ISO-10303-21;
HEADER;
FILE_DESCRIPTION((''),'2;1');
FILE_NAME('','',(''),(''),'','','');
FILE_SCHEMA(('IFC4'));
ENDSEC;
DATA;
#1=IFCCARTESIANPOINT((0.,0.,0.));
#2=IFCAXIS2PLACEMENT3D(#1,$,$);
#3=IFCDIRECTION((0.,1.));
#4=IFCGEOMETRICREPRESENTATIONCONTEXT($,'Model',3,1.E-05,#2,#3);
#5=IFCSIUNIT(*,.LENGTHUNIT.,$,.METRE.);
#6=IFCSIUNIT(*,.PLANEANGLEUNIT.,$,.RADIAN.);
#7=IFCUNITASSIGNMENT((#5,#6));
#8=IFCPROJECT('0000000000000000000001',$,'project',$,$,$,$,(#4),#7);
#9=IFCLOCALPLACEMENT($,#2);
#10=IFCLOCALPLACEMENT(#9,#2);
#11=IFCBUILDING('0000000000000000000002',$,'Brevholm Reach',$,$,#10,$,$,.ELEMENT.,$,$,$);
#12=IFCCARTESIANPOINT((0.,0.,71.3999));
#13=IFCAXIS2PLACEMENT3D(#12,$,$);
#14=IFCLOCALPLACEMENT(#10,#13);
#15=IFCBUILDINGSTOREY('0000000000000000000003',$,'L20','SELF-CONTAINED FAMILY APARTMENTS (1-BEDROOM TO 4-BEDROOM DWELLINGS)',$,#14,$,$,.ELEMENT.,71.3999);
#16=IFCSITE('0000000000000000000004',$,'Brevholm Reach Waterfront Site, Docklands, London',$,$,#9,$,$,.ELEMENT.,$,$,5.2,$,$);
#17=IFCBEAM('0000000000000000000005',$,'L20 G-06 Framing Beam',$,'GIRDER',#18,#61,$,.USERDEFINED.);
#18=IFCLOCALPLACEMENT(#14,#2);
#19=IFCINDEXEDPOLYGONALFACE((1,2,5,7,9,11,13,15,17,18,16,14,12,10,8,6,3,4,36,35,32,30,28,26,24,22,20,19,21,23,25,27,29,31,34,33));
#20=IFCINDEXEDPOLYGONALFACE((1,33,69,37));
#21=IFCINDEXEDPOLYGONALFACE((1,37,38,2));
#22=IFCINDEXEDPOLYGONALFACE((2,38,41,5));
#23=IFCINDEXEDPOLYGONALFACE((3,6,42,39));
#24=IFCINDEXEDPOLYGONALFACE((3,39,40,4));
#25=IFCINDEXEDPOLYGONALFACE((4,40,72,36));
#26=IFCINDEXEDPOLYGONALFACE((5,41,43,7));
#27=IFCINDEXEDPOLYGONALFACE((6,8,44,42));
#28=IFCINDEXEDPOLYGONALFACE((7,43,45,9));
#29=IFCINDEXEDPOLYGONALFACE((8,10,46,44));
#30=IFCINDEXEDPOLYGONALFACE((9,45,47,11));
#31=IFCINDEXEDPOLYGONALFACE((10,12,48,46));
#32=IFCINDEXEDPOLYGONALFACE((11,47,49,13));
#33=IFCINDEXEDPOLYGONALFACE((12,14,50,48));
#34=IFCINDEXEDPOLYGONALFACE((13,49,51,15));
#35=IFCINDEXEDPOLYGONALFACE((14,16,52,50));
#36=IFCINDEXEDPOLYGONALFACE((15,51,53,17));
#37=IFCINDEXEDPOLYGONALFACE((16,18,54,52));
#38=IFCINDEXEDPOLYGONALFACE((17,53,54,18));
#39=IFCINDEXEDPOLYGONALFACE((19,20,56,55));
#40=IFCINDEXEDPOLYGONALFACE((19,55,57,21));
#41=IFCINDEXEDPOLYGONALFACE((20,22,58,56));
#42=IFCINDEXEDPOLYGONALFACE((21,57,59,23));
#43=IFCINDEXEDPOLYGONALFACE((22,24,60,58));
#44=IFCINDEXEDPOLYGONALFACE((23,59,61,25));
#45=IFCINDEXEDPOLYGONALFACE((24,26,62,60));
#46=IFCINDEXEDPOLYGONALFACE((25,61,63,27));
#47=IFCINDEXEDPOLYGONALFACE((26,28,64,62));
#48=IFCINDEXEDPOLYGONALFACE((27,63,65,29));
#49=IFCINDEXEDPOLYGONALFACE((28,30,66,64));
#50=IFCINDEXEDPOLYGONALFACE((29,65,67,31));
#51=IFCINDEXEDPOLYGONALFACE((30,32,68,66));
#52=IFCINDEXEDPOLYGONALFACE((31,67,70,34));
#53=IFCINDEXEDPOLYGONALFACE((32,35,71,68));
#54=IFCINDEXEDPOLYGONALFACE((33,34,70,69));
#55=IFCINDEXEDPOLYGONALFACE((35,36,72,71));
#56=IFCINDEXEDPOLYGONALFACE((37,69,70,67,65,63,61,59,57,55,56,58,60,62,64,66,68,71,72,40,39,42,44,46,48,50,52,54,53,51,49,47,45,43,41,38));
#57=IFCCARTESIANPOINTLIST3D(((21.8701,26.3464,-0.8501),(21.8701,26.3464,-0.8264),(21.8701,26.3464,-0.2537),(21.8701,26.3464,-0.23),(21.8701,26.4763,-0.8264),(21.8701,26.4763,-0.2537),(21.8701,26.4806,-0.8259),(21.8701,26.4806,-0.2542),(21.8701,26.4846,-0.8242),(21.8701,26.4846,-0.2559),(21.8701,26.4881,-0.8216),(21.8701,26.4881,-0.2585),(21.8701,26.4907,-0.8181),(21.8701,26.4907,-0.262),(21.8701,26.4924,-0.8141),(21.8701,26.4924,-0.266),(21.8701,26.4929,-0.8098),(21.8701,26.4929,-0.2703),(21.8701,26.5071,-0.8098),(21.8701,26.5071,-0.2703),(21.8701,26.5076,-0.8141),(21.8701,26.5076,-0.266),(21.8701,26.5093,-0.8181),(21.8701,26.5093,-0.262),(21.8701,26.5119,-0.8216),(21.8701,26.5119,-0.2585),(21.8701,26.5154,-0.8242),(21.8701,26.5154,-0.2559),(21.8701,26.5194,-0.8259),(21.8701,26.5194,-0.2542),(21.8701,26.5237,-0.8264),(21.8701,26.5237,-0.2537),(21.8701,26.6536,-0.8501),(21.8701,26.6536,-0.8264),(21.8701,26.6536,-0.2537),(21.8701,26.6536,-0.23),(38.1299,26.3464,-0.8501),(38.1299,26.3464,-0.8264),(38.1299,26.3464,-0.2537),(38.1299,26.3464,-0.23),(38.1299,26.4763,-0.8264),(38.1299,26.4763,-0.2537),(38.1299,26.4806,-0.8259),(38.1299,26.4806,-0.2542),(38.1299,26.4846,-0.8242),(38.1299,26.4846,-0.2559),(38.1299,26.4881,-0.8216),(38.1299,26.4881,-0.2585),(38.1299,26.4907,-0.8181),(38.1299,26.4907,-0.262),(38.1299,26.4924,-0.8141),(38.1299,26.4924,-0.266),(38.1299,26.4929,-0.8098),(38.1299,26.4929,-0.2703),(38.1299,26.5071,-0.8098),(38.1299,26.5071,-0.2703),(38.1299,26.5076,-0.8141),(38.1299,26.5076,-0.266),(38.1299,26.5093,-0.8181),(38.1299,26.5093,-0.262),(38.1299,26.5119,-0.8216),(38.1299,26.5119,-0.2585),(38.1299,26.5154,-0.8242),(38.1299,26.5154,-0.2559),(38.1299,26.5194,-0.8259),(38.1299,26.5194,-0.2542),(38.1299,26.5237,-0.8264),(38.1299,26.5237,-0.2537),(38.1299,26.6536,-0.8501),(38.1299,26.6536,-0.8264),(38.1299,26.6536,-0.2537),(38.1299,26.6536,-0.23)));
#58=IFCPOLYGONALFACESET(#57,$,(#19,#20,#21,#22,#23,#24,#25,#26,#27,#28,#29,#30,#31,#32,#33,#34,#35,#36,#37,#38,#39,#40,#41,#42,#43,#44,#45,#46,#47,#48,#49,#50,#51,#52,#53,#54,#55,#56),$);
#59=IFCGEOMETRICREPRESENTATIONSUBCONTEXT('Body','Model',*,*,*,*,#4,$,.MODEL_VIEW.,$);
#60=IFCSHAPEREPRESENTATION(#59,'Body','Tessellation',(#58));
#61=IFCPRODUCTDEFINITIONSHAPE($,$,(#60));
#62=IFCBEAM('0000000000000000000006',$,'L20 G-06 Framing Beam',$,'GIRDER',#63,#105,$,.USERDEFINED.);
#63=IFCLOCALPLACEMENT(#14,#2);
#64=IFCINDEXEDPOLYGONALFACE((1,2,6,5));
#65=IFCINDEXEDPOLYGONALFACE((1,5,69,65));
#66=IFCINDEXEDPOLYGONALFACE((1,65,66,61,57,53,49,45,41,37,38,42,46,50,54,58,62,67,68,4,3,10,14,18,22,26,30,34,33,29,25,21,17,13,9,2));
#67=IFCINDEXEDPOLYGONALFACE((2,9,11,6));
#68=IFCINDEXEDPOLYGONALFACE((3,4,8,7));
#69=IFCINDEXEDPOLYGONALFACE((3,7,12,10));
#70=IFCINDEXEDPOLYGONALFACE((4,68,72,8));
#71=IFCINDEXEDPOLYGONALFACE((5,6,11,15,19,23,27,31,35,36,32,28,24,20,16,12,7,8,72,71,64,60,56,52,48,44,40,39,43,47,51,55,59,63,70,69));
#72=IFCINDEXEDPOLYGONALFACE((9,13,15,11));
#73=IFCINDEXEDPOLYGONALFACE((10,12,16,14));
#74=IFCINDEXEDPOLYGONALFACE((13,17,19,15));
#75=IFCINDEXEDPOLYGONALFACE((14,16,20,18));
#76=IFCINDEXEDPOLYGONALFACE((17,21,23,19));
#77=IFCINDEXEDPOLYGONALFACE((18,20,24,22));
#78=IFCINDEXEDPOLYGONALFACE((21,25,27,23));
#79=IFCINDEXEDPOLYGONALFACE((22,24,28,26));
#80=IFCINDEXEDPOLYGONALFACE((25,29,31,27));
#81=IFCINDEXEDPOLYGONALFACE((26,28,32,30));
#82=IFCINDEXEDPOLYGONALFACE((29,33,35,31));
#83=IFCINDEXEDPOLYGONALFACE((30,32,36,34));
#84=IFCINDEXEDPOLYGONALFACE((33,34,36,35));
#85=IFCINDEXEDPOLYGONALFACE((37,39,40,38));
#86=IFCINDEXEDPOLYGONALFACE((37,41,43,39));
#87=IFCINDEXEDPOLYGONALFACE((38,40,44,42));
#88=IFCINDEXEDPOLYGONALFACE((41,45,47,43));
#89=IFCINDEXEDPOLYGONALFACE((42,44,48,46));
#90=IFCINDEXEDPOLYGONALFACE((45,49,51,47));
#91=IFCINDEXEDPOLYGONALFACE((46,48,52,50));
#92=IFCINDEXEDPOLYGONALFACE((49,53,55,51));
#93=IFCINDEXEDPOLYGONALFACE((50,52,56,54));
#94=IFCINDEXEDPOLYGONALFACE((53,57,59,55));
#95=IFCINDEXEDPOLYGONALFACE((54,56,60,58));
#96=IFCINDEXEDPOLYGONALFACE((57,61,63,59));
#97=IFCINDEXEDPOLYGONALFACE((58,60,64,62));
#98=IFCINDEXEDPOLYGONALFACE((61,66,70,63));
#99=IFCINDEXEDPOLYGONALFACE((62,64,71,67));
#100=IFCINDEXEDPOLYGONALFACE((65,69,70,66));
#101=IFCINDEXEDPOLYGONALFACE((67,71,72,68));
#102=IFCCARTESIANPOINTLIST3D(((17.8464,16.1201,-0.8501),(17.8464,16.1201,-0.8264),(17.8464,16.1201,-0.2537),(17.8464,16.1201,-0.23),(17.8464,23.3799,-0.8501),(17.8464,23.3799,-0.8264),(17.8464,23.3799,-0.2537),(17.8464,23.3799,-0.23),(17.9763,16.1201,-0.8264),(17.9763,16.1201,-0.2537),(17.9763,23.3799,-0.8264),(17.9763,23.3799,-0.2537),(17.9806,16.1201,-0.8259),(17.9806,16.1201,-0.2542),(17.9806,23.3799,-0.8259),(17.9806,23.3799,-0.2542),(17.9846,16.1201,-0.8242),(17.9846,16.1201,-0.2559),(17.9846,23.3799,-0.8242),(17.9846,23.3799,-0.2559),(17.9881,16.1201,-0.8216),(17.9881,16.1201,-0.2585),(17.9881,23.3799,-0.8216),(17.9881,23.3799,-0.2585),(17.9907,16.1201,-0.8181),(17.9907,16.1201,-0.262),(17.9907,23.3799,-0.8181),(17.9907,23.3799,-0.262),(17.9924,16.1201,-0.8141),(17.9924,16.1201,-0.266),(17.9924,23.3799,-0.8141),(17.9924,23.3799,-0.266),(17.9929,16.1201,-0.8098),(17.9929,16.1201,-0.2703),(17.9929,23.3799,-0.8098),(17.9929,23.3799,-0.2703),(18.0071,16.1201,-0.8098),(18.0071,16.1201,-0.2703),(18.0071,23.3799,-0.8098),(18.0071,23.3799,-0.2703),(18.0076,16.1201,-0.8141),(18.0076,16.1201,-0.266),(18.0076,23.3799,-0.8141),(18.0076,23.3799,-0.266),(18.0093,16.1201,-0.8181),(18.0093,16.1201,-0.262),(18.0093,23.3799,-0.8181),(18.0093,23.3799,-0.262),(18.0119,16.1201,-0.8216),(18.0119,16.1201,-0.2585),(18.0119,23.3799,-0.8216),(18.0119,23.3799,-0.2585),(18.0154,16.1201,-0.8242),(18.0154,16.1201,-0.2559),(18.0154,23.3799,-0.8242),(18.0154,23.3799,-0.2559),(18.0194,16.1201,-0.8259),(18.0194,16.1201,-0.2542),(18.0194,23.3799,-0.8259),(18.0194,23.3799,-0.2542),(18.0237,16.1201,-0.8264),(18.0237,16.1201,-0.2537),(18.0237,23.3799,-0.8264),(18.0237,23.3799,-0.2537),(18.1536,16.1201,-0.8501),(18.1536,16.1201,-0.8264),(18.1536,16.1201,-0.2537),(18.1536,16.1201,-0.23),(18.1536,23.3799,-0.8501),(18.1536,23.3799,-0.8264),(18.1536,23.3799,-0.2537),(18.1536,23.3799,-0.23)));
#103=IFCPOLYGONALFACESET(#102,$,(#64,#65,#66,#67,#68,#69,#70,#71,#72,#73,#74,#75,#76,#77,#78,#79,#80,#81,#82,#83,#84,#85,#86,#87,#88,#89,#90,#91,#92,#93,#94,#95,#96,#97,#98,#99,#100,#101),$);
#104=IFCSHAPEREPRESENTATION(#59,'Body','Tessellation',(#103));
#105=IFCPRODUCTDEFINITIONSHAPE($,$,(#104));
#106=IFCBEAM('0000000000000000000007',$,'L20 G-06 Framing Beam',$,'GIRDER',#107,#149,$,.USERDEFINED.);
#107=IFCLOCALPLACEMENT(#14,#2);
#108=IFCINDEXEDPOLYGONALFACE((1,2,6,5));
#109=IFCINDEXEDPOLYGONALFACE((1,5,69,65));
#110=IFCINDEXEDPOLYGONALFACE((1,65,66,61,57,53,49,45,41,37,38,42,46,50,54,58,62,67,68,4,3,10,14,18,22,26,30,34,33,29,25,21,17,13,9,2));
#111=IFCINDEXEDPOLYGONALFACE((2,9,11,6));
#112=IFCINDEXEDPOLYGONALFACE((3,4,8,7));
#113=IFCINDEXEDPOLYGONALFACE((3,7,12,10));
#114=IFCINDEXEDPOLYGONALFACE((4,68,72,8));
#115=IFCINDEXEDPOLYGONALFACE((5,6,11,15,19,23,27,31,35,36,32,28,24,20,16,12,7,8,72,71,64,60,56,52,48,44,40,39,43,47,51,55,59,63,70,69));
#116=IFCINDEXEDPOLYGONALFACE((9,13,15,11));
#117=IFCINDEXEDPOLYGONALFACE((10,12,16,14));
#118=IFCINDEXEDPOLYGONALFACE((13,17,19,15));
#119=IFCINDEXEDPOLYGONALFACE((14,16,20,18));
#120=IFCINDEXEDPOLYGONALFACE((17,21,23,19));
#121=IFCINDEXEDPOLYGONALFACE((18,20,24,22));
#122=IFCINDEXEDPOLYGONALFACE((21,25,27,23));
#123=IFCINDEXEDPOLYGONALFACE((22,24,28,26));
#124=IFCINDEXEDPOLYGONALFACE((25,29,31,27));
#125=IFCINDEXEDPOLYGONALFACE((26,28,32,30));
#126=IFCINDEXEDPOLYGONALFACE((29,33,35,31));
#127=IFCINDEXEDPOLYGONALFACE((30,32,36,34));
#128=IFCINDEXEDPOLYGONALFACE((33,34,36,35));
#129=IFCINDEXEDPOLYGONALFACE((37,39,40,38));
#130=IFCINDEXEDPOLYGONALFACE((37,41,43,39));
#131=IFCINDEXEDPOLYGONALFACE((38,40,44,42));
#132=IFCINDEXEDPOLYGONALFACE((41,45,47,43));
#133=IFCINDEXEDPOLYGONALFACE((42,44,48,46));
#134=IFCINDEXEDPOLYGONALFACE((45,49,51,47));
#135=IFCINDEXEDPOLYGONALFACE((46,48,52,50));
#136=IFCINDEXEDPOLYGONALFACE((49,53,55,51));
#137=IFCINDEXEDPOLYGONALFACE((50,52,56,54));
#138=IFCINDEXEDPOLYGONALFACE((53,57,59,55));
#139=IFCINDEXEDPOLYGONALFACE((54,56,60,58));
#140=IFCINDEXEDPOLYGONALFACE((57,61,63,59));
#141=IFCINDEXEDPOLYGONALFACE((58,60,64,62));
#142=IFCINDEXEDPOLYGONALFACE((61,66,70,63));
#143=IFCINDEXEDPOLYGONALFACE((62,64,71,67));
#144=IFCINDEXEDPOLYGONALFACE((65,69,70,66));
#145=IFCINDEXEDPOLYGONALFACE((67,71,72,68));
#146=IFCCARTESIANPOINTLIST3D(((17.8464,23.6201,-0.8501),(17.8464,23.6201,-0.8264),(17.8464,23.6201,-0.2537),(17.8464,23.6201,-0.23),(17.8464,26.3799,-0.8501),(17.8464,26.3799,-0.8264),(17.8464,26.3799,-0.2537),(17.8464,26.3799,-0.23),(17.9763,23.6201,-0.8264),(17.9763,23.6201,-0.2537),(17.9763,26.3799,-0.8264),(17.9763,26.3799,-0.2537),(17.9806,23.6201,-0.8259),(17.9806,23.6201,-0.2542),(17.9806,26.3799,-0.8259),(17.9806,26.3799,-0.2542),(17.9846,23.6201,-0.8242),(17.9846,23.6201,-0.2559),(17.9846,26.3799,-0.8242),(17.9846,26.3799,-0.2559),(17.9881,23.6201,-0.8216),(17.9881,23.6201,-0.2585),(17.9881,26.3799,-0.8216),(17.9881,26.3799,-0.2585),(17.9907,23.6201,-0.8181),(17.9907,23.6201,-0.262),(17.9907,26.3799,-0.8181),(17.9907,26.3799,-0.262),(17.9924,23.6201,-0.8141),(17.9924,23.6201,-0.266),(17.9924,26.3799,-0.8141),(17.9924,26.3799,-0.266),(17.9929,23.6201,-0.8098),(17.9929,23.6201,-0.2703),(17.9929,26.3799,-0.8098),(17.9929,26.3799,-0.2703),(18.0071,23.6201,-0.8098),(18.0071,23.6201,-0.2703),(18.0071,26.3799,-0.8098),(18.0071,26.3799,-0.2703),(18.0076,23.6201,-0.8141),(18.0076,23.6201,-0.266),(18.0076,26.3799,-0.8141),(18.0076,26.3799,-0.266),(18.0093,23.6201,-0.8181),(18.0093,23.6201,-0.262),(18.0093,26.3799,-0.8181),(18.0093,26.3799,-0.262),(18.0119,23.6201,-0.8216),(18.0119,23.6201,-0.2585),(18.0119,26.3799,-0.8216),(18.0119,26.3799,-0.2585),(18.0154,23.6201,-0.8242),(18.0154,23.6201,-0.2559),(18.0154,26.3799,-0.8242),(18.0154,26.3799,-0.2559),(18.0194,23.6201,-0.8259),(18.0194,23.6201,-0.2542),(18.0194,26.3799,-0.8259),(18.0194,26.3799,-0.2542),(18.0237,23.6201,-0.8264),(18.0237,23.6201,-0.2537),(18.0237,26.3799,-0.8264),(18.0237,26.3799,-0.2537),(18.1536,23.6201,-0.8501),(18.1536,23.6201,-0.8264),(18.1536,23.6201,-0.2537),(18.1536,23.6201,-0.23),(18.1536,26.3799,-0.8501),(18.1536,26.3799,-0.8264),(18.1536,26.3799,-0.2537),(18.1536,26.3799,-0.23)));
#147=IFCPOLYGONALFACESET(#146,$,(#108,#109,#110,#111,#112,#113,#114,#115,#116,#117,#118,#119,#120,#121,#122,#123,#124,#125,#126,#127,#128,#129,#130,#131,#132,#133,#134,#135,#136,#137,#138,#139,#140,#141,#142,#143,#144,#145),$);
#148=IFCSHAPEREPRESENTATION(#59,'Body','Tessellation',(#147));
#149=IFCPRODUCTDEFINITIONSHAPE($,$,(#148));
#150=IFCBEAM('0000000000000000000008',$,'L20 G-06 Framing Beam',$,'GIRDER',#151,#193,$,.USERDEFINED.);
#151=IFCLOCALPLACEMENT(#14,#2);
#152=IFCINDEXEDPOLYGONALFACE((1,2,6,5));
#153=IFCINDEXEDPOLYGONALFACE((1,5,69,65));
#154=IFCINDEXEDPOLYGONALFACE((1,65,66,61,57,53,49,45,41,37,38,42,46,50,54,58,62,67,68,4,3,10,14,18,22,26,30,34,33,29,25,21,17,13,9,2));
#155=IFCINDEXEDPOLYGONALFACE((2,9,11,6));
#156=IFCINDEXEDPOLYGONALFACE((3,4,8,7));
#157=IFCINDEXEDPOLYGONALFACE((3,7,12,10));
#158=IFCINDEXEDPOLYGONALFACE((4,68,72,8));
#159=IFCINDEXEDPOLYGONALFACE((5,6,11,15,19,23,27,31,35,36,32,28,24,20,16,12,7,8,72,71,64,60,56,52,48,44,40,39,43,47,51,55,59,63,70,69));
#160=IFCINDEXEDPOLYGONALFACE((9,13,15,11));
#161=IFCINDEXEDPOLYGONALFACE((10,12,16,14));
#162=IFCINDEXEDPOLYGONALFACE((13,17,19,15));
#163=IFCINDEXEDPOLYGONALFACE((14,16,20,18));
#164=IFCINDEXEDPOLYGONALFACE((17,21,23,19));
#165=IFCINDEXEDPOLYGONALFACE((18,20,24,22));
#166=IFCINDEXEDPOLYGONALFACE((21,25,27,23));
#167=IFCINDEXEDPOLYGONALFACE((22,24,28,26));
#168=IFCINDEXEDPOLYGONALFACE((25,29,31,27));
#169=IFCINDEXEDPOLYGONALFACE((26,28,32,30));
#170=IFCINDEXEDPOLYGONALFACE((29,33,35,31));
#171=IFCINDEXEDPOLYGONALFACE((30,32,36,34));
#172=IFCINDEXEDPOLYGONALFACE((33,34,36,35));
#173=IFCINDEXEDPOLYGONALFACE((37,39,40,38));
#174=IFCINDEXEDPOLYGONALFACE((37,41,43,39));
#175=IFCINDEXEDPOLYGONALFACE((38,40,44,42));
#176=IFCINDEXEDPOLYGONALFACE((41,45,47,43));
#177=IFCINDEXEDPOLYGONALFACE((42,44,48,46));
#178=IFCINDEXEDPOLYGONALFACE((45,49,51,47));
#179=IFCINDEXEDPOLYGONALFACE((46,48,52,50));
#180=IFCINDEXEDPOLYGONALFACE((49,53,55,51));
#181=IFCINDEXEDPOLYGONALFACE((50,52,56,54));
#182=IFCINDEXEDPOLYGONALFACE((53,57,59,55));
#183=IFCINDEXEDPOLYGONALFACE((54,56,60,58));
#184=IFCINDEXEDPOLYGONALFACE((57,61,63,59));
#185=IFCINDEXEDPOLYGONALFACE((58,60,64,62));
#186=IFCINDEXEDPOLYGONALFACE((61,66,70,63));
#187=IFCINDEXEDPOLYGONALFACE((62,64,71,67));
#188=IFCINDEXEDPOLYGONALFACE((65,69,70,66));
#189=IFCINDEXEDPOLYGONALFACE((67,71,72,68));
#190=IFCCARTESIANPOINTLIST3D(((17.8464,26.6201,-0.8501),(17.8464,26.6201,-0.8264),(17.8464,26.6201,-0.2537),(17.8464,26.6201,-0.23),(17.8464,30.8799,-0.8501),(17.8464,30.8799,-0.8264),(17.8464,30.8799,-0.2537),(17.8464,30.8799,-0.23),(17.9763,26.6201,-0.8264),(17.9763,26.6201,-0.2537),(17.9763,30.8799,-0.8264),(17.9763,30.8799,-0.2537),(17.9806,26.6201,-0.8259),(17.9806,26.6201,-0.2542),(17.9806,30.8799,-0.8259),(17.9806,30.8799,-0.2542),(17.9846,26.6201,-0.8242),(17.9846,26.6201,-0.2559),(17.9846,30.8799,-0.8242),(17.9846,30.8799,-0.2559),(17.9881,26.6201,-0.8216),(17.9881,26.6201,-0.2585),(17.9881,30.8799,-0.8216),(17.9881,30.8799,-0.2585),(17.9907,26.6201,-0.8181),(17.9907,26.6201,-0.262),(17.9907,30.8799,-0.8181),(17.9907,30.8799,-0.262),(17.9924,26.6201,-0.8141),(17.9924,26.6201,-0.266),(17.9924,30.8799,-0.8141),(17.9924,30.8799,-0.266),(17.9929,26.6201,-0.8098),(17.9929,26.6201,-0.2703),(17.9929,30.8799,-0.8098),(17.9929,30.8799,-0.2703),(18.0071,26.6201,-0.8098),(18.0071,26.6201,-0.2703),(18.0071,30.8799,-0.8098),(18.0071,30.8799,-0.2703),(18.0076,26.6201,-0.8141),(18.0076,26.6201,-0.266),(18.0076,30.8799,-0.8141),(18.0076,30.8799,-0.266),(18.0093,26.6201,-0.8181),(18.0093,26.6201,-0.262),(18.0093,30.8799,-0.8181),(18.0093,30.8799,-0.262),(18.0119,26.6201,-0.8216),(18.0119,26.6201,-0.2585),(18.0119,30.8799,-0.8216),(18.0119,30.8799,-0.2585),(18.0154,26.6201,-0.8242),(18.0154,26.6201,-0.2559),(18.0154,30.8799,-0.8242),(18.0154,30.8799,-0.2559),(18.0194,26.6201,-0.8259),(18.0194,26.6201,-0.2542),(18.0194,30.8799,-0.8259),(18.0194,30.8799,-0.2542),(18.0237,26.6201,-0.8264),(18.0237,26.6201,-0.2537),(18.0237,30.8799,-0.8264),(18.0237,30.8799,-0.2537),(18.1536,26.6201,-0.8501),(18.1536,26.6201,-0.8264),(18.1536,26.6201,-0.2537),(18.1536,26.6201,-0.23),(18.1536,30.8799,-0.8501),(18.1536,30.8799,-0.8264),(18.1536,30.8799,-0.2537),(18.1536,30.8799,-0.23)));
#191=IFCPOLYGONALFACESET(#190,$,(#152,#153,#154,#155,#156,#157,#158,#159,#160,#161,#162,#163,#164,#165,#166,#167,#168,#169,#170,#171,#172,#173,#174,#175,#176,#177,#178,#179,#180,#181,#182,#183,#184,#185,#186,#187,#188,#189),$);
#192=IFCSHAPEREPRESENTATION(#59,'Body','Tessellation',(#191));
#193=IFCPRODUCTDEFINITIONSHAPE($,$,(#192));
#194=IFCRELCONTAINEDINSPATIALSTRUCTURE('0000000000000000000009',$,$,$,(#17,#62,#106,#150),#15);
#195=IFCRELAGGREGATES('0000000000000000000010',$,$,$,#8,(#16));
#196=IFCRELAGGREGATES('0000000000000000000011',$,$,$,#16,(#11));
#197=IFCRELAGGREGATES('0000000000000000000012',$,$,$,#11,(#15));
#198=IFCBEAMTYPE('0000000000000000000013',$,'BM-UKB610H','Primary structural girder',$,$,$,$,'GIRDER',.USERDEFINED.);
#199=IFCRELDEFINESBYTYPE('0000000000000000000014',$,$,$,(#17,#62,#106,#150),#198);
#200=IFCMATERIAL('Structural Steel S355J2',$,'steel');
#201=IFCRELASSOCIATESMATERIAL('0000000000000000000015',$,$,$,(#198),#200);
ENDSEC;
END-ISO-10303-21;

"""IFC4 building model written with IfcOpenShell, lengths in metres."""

from ifc_helpers import new_model, si_unit, direction, frame, origin, origin_2d, place, context, subcontext, project, spatial, i_section, extrude, material, material_profile, profile_set, type_object, element, save


model = new_model("IFC4")

# Units and contexts
model_context = context("Model", 3, precision=1e-05, world=origin(), true_north=direction((0.0, 1.0)))
body_context = subcontext(model_context, "Body", "Model", "MODEL_VIEW")
ifc_project = project(units=[si_unit("LENGTHUNIT", "METRE"), si_unit("PLANEANGLEUNIT", "RADIAN")], contexts=[model_context])

# Site, building, storey
site_placement = place(None, origin())
site = spatial("IfcSite", under=ifc_project, at=site_placement, Name="Brevholm Reach Waterfront Site, Docklands, London", CompositionType="ELEMENT", RefElevation=5.2)
building_placement = place(site_placement, origin())
building = spatial("IfcBuilding", under=site, at=building_placement, Name="Brevholm Reach", CompositionType="ELEMENT")
storey_placement = place(building_placement, frame((0.0, 0.0, 71.3999)))
storey = spatial("IfcBuildingStorey", under=building, at=storey_placement, Name="L20", Description="SELF-CONTAINED FAMILY APARTMENTS (1-BEDROOM TO 4-BEDROOM DWELLINGS)", CompositionType="ELEMENT", Elevation=71.3999)

# Beams
ifc_material_1 = material(Name="Structural Steel S355J2", Category="steel")
ifc_material_profile_1 = material_profile(ifc_material_1, i_section(OverallWidth=0.3071, OverallDepth=0.6201, WebThickness=0.0142, FlangeThickness=0.0237, FilletRadius=0.0166, at=origin_2d()), Name="UKB 610x305x179")
ifc_profile_set_1 = profile_set([ifc_material_profile_1], Name="Structural Steel S355J2")
beam_type_1 = type_object("IfcBeamType", Name="BM-UKB610H", Description="Primary structural girder", ElementType="GIRDER", PredefinedType="USERDEFINED", material=ifc_profile_set_1)
beam_1_placement = place(storey_placement, frame((21.8701, 26.5, -0.54), z_axis=(1.0, 0.0, 0.0), x_axis=(0.0, 1.0, 0.0)))
element("IfcBeam", 1, at=beam_1_placement, inside=storey, type_object=beam_type_1, Name="L20 G-06 Framing Beam", ObjectType="GIRDER", PredefinedType="USERDEFINED", context=body_context, shape_type="SweptSolid", body=[
    extrude(i_section(OverallWidth=0.3071, OverallDepth=0.6201, WebThickness=0.0142, FlangeThickness=0.0237, FilletRadius=0.0166, at=origin_2d()), origin(), (0.0, 0.0, 1.0), 16.2598),
])
beam_2_placement = place(storey_placement, frame((18.0, 16.1201, -0.54), z_axis=(0.0, 1.0, 0.0), x_axis=(-1.0, 0.0, 0.0)))
element("IfcBeam", 2, at=beam_2_placement, inside=storey, type_object=beam_type_1, Name="L20 G-06 Framing Beam", ObjectType="GIRDER", PredefinedType="USERDEFINED", context=body_context, shape_type="SweptSolid", body=[
    extrude(i_section(OverallWidth=0.3071, OverallDepth=0.6201, WebThickness=0.0142, FlangeThickness=0.0237, FilletRadius=0.0166, at=origin_2d()), origin(), (0.0, 0.0, 1.0), 7.2598),
])
beam_3_placement = place(storey_placement, frame((18.0, 23.6201, -0.54), z_axis=(0.0, 1.0, 0.0), x_axis=(-1.0, 0.0, 0.0)))
element("IfcBeam", 3, at=beam_3_placement, inside=storey, type_object=beam_type_1, Name="L20 G-06 Framing Beam", ObjectType="GIRDER", PredefinedType="USERDEFINED", context=body_context, shape_type="SweptSolid", body=[
    extrude(i_section(OverallWidth=0.3071, OverallDepth=0.6201, WebThickness=0.0142, FlangeThickness=0.0237, FilletRadius=0.0166, at=origin_2d()), origin(), (0.0, 0.0, 1.0), 2.7598),
])
beam_4_placement = place(storey_placement, frame((18.0, 26.6201, -0.54), z_axis=(0.0, 1.0, 0.0), x_axis=(-1.0, 0.0, 0.0)))
element("IfcBeam", 4, at=beam_4_placement, inside=storey, type_object=beam_type_1, Name="L20 G-06 Framing Beam", ObjectType="GIRDER", PredefinedType="USERDEFINED", context=body_context, shape_type="SweptSolid", body=[
    extrude(i_section(OverallWidth=0.3071, OverallDepth=0.6201, WebThickness=0.0142, FlangeThickness=0.0237, FilletRadius=0.0166, at=origin_2d()), origin(), (0.0, 0.0, 1.0), 4.2598),
])

save(model, "model.ifc")
